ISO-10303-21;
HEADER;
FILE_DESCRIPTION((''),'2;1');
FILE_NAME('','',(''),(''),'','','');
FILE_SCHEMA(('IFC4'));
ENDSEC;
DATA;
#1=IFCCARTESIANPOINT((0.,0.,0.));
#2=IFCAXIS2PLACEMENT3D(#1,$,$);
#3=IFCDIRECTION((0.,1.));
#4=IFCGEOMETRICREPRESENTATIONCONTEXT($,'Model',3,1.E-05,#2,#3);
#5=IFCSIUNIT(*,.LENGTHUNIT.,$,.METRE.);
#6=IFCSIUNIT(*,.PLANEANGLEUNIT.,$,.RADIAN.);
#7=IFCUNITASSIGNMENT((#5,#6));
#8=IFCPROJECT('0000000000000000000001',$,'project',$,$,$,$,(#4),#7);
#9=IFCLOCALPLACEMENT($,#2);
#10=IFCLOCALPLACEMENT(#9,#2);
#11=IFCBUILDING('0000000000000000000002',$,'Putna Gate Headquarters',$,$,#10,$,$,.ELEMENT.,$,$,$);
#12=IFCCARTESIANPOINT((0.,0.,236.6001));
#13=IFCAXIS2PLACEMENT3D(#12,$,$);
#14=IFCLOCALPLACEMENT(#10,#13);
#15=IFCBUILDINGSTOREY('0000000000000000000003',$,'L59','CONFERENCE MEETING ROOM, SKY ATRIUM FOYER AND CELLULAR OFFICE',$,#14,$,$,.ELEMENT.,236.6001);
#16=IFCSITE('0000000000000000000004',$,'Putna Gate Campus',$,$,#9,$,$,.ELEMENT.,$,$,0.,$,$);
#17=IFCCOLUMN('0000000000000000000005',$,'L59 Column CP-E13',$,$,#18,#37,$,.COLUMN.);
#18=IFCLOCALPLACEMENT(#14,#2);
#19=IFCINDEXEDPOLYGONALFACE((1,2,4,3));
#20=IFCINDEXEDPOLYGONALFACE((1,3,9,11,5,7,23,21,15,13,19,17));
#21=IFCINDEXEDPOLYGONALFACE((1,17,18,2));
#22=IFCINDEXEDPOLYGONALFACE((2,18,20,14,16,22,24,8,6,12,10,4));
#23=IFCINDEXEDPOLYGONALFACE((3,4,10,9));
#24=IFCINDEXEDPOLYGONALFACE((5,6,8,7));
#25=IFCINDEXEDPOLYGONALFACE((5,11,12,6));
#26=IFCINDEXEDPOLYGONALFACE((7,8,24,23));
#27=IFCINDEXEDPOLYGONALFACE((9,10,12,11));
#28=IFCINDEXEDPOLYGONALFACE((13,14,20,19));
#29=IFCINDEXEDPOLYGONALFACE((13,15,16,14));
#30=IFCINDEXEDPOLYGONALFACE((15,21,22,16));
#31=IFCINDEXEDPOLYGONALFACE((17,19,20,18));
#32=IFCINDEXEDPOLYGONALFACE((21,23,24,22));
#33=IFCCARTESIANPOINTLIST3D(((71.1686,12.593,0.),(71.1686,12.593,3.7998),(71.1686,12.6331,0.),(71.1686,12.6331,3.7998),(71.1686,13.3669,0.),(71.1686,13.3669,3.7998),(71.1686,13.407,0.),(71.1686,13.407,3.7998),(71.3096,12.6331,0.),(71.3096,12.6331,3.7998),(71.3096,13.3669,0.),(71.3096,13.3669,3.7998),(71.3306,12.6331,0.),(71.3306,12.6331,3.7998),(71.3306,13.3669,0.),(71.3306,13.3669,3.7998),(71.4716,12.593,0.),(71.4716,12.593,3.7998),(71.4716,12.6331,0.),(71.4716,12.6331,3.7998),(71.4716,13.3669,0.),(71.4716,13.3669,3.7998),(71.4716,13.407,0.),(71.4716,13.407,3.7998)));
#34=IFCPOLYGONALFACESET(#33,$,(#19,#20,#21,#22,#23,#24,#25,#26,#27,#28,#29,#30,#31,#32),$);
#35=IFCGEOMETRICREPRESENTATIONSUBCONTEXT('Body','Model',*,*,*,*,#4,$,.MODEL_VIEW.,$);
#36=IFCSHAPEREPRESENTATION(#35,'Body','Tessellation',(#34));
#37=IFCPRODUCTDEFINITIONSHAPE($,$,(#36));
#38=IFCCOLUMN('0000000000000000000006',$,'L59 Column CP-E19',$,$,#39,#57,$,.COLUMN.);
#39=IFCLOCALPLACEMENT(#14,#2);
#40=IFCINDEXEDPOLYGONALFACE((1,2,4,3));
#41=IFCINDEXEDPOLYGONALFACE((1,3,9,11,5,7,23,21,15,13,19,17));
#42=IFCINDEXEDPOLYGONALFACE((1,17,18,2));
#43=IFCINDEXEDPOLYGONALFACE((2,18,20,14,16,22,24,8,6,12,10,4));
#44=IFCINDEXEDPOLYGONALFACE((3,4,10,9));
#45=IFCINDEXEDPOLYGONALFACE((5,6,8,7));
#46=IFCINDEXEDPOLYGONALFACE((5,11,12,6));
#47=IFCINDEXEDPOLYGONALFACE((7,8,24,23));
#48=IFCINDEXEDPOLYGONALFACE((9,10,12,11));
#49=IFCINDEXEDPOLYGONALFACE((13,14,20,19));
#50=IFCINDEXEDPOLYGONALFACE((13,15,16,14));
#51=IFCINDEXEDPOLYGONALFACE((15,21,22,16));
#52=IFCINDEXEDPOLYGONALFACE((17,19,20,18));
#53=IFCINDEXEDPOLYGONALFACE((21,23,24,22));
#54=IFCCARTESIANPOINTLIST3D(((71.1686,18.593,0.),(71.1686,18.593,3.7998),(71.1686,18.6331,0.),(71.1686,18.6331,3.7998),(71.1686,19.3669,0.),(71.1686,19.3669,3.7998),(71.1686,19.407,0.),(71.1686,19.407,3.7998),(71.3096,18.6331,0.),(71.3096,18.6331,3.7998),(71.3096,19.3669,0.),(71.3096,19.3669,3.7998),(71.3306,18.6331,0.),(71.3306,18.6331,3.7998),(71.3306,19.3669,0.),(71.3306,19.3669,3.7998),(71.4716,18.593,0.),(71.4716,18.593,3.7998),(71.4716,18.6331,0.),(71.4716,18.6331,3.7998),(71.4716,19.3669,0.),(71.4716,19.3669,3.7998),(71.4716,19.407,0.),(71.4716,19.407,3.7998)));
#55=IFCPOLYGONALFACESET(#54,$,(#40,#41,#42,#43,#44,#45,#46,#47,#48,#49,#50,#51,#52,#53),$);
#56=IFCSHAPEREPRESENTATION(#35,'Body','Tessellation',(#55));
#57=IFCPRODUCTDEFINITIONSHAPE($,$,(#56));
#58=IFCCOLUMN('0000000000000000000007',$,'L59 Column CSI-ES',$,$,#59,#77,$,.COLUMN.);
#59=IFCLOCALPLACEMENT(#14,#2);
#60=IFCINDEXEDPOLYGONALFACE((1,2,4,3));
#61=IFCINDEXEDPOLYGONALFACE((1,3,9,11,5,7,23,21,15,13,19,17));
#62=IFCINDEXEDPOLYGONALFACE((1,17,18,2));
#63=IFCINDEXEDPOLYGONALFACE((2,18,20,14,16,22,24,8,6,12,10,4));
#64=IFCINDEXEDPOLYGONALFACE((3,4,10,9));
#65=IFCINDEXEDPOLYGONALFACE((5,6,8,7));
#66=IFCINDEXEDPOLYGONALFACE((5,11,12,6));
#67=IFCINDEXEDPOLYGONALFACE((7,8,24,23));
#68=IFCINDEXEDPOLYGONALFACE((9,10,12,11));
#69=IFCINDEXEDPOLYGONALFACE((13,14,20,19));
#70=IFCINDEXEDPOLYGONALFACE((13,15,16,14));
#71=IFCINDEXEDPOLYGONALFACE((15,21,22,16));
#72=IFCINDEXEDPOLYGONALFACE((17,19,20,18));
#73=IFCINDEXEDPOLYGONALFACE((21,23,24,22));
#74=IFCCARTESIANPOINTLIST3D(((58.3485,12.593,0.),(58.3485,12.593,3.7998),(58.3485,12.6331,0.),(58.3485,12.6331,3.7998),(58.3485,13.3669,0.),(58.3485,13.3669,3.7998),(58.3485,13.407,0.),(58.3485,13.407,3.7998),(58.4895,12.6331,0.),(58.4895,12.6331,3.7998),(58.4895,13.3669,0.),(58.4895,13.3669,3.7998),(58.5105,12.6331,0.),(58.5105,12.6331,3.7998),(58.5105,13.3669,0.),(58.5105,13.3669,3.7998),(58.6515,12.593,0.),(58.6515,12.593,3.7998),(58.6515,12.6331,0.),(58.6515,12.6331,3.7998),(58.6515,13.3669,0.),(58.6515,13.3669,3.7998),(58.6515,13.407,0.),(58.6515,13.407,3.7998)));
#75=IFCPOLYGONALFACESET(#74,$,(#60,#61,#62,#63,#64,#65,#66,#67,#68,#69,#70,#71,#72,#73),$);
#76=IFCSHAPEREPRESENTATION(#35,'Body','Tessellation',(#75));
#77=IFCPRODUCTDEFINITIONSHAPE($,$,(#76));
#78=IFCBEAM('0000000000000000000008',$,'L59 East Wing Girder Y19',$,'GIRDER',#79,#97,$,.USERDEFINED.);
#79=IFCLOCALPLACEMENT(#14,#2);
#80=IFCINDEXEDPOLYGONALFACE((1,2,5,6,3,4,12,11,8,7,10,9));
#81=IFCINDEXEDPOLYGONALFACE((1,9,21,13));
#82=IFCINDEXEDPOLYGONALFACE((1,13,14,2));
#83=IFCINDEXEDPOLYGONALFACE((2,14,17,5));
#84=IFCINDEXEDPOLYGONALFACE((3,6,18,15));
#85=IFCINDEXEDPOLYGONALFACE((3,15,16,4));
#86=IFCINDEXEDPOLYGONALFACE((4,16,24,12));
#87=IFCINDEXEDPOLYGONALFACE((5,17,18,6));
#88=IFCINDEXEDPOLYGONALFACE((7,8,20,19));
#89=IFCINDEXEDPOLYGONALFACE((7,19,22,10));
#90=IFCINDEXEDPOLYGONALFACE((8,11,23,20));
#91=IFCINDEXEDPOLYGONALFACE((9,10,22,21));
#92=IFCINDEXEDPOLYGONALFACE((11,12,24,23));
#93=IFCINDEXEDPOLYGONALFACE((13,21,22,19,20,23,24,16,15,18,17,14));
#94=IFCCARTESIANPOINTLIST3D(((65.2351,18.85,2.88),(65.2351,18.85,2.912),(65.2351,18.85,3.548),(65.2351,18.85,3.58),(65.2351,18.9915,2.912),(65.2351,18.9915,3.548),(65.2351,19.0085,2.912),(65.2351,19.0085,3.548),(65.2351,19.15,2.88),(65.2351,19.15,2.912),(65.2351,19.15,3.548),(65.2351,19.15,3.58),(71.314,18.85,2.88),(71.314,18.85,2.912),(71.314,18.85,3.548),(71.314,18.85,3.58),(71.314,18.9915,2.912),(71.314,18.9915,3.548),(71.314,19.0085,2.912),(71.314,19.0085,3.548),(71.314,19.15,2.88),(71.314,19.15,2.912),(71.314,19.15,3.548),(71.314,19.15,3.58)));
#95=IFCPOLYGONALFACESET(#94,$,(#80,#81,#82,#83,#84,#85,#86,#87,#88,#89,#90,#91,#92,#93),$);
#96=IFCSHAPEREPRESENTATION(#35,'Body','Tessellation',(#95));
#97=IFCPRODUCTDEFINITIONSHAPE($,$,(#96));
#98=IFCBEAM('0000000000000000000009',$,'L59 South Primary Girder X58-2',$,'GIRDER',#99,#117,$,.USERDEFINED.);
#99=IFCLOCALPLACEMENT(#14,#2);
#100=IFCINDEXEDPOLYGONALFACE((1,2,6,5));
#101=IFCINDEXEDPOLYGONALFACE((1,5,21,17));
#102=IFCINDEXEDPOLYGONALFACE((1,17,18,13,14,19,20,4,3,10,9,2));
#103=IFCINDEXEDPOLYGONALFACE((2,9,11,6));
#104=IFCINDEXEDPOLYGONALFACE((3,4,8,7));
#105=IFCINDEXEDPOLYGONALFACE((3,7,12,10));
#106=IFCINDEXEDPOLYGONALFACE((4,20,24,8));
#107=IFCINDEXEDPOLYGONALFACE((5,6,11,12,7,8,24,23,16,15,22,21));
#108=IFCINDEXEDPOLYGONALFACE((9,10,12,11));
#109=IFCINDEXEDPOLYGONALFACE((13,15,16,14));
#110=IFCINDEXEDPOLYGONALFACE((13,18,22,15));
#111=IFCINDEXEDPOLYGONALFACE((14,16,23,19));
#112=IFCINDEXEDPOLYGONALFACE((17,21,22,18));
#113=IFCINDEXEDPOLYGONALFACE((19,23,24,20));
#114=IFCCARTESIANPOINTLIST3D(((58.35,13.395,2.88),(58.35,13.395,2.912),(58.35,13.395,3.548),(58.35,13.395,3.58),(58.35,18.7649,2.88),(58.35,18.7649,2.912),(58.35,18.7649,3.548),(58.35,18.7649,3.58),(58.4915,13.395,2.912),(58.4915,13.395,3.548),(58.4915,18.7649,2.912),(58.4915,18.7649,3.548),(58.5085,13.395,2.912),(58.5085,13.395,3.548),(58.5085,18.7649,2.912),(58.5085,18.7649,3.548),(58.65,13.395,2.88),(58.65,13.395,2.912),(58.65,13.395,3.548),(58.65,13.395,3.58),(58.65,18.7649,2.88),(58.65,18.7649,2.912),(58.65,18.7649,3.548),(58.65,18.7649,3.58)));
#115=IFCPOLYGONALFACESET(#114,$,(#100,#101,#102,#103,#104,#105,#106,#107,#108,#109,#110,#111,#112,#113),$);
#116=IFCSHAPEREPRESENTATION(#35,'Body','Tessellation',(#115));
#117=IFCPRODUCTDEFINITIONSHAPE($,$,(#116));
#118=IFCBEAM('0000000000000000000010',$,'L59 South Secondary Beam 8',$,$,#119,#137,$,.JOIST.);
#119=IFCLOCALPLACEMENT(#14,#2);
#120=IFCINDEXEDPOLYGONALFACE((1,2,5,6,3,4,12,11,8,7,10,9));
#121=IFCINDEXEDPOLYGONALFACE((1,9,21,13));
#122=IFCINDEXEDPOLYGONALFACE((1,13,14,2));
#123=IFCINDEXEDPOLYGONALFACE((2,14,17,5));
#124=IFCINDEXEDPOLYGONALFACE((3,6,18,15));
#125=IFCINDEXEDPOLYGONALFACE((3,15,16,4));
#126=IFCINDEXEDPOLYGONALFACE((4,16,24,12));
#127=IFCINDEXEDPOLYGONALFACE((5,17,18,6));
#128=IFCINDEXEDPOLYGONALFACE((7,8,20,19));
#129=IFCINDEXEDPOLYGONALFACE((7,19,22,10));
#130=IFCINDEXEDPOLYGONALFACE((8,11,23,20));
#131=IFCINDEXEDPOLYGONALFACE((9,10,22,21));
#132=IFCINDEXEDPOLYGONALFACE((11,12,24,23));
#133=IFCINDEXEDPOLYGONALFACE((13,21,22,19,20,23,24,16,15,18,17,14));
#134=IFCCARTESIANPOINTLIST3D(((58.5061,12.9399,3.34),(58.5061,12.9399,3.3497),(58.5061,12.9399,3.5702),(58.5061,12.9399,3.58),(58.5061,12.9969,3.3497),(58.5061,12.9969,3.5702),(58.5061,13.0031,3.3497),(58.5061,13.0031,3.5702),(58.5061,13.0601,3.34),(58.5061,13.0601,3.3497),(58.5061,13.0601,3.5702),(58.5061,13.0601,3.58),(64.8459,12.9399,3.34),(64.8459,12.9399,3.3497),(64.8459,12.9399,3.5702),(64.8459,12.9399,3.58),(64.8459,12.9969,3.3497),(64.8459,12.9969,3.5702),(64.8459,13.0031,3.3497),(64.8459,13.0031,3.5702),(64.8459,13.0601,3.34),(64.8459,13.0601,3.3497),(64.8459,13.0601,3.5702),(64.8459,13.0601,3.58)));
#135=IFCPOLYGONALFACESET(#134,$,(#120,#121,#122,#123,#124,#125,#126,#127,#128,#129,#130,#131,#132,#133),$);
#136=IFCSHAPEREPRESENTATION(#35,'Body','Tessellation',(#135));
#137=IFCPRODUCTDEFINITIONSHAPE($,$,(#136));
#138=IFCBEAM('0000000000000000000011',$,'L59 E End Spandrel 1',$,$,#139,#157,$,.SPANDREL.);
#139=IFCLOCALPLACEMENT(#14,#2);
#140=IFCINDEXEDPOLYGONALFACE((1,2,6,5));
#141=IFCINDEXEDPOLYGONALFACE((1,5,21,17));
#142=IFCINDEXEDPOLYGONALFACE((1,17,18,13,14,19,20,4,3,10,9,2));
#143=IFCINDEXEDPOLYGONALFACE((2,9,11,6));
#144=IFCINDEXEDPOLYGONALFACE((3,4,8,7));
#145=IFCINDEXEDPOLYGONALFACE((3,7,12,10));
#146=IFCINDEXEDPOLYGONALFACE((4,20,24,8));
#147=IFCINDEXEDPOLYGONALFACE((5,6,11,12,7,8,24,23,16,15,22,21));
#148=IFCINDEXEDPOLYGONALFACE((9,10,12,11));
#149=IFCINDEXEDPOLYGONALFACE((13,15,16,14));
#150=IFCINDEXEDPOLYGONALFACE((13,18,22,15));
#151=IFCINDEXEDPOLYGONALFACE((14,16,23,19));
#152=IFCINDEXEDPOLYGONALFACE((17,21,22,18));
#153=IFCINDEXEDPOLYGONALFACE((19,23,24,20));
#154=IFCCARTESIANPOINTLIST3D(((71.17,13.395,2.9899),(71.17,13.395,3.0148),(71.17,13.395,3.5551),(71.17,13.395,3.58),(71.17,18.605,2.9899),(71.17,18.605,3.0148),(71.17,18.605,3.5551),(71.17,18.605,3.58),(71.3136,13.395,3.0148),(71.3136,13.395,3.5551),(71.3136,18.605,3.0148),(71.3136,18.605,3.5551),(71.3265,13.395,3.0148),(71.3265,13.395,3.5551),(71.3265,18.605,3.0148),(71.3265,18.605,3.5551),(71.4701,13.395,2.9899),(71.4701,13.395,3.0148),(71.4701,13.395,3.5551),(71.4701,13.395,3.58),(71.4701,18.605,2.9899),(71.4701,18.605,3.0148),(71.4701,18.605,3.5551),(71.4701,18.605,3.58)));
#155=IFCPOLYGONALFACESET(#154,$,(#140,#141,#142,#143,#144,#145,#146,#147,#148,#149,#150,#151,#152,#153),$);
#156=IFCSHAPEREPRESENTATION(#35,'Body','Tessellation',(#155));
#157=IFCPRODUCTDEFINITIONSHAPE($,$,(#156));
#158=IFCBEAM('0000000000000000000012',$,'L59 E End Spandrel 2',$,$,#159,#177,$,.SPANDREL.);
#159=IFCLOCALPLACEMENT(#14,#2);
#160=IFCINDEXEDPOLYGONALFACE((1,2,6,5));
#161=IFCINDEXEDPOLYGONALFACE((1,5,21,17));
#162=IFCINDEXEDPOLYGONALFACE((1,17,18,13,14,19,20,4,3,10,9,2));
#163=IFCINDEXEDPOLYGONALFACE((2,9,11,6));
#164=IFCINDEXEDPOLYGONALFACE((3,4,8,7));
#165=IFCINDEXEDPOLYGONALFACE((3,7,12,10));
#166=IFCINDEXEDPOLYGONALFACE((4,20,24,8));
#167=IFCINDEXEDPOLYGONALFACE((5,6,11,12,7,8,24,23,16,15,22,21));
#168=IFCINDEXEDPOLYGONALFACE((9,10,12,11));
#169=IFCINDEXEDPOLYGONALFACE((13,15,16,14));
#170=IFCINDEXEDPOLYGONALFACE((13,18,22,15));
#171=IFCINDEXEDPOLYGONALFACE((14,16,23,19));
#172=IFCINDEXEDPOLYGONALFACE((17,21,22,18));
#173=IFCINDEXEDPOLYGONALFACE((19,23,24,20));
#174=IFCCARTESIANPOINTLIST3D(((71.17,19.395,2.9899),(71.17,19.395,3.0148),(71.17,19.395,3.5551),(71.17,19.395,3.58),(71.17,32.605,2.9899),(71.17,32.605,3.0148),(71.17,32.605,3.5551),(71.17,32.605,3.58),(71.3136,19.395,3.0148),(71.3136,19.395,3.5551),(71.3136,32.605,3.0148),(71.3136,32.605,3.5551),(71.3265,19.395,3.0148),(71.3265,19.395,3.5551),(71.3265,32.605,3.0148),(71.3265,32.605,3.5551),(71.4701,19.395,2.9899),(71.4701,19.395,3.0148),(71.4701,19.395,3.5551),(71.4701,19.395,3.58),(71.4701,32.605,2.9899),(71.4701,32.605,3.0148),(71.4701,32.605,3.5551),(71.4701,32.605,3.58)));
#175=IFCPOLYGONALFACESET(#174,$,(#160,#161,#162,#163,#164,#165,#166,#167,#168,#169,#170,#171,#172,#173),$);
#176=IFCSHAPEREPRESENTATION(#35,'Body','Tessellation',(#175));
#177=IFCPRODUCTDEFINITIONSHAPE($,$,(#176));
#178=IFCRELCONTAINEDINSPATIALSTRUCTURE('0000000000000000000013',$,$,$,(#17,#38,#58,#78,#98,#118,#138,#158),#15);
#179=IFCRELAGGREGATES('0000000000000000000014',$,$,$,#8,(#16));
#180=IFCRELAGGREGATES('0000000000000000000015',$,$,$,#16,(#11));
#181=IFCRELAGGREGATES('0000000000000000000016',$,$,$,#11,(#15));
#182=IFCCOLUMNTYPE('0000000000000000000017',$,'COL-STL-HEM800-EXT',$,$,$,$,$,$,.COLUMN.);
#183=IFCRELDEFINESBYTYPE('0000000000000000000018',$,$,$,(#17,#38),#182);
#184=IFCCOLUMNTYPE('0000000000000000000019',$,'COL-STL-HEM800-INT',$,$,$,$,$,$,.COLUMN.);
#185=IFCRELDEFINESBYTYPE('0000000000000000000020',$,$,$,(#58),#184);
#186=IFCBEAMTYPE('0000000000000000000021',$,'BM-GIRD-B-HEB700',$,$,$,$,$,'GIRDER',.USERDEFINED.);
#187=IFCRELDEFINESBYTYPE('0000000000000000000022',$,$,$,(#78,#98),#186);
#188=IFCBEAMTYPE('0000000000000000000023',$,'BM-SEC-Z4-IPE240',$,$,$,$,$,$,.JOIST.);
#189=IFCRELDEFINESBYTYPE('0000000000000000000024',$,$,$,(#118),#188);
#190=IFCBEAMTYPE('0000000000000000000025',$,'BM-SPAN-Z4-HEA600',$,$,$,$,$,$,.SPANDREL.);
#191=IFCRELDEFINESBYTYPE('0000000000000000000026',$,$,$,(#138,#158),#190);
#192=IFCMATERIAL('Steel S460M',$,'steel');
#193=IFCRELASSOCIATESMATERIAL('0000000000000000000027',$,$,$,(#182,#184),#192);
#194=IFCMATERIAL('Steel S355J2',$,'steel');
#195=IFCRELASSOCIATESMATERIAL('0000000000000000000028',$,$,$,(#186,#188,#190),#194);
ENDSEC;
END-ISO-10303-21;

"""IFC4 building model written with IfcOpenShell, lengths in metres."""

from ifc_helpers import new_model, si_unit, direction, frame, origin, origin_2d, place, context, subcontext, project, spatial, i_section, extrude, material, material_profile, profile_set, type_object, element, save


model = new_model("IFC4")

# Units and contexts
model_context = context("Model", 3, precision=1e-05, world=origin(), true_north=direction((0.0, 1.0)))
body_context = subcontext(model_context, "Body", "Model", "MODEL_VIEW")
ifc_project = project(units=[si_unit("LENGTHUNIT", "METRE"), si_unit("PLANEANGLEUNIT", "RADIAN")], contexts=[model_context])

# Site, building, storey
site_placement = place(None, origin())
site = spatial("IfcSite", under=ifc_project, at=site_placement, Name="Putna Gate Campus", CompositionType="ELEMENT", RefElevation=0.0)
building_placement = place(site_placement, origin())
building = spatial("IfcBuilding", under=site, at=building_placement, Name="Putna Gate Headquarters", CompositionType="ELEMENT")
storey_placement = place(building_placement, frame((0.0, 0.0, 236.6001)))
storey = spatial("IfcBuildingStorey", under=building, at=storey_placement, Name="L59", Description="CONFERENCE MEETING ROOM, SKY ATRIUM FOYER AND CELLULAR OFFICE", CompositionType="ELEMENT", Elevation=236.6001)

# Columns
ifc_material_1 = material(Name="Steel S460M", Category="steel")
ifc_material_profile_1 = material_profile(ifc_material_1, i_section(OverallWidth=0.303, OverallDepth=0.814, WebThickness=0.021, FlangeThickness=0.04, at=origin_2d()), Name="Steel S460M")
ifc_profile_set_1 = profile_set([ifc_material_profile_1], Name="Steel S460M")
column_type_1 = type_object("IfcColumnType", Name="COL-STL-HEM800-EXT", PredefinedType="COLUMN", material=ifc_profile_set_1)
for number, where, z_axis, x_axis, name in (
    (1, (71.3201, 13.0, 0.0), (0.0, 0.0, 1.0), (1.0, 0.0, 0.0), "L59 Column CP-E13"),
    (2, (71.3201, 19.0, 0.0), (0.0, 0.0, 1.0), (1.0, 0.0, 0.0), "L59 Column CP-E19"),
):
    element("IfcColumn", number, at=place(storey_placement, frame(where, z_axis=z_axis, x_axis=x_axis)), inside=storey, type_object=column_type_1, Name=name, PredefinedType="COLUMN", context=body_context, shape_type="SweptSolid", body=[
        extrude(i_section(OverallWidth=0.303, OverallDepth=0.814, WebThickness=0.021, FlangeThickness=0.04, at=origin_2d()), origin(), (0.0, 0.0, 1.0), 3.7998),
    ])
ifc_material_profile_2 = material_profile(ifc_material_1, i_section(OverallWidth=0.303, OverallDepth=0.814, WebThickness=0.021, FlangeThickness=0.04, at=origin_2d()), Name="Steel S460M")
ifc_profile_set_2 = profile_set([ifc_material_profile_2], Name="Steel S460M")
column_type_2 = type_object("IfcColumnType", Name="COL-STL-HEM800-INT", PredefinedType="COLUMN", material=ifc_profile_set_2)
column_placement = place(storey_placement, frame((58.5, 13.0, 0.0), z_axis=(0.0, 0.0, 1.0), x_axis=(1.0, 0.0, 0.0)))
element("IfcColumn", 3, at=column_placement, inside=storey, type_object=column_type_2, Name="L59 Column CSI-ES", PredefinedType="COLUMN", context=body_context, shape_type="SweptSolid", body=[
    extrude(i_section(OverallWidth=0.303, OverallDepth=0.814, WebThickness=0.021, FlangeThickness=0.04, at=origin_2d()), origin(), (0.0, 0.0, 1.0), 3.7998),
])

# Beams
ifc_material_2 = material(Name="Steel S355J2", Category="steel")
ifc_material_profile_3 = material_profile(ifc_material_2, i_section(OverallWidth=0.3, OverallDepth=0.7, WebThickness=0.0171, FlangeThickness=0.032, at=origin_2d()), Name="Steel S355J2")
ifc_profile_set_3 = profile_set([ifc_material_profile_3], Name="Steel S355J2")
beam_type_1 = type_object("IfcBeamType", Name="BM-GIRD-B-HEB700", ElementType="GIRDER", PredefinedType="USERDEFINED", material=ifc_profile_set_3)
beam_1_placement = place(storey_placement, frame((65.2351, 19.0, 3.23), z_axis=(1.0, 0.0, 0.0), x_axis=(0.0, 1.0, 0.0)))
element("IfcBeam", 4, at=beam_1_placement, inside=storey, type_object=beam_type_1, Name="L59 East Wing Girder Y19", ObjectType="GIRDER", PredefinedType="USERDEFINED", context=body_context, shape_type="SweptSolid", body=[
    extrude(i_section(OverallWidth=0.3, OverallDepth=0.7, WebThickness=0.0171, FlangeThickness=0.032, at=origin_2d()), origin(), (0.0, 0.0, 1.0), 6.0789),
])
beam_2_placement = place(storey_placement, frame((58.5, 13.395, 3.23), z_axis=(0.0, 1.0, 0.0), x_axis=(-1.0, 0.0, 0.0)))
element("IfcBeam", 5, at=beam_2_placement, inside=storey, type_object=beam_type_1, Name="L59 South Primary Girder X58-2", ObjectType="GIRDER", PredefinedType="USERDEFINED", context=body_context, shape_type="SweptSolid", body=[
    extrude(i_section(OverallWidth=0.3, OverallDepth=0.7, WebThickness=0.0171, FlangeThickness=0.032, at=origin_2d()), origin(), (0.0, 0.0, 1.0), 5.3699),
])
ifc_material_profile_4 = material_profile(ifc_material_2, i_section(OverallWidth=0.1201, OverallDepth=0.24, WebThickness=0.0061, FlangeThickness=0.0098, at=origin_2d()), Name="Steel S355J2")
ifc_profile_set_4 = profile_set([ifc_material_profile_4], Name="Steel S355J2")
beam_type_2 = type_object("IfcBeamType", Name="BM-SEC-Z4-IPE240", PredefinedType="JOIST", material=ifc_profile_set_4)
beam_3_placement = place(storey_placement, frame((58.5061, 13.0, 3.46), z_axis=(1.0, 0.0, 0.0), x_axis=(0.0, 1.0, 0.0)))
element("IfcBeam", 6, at=beam_3_placement, inside=storey, type_object=beam_type_2, Name="L59 South Secondary Beam 8", PredefinedType="JOIST", context=body_context, shape_type="SweptSolid", body=[
    extrude(i_section(OverallWidth=0.1201, OverallDepth=0.24, WebThickness=0.0061, FlangeThickness=0.0098, at=origin_2d()), origin(), (0.0, 0.0, 1.0), 6.3398),
])
ifc_material_profile_5 = material_profile(ifc_material_2, i_section(OverallWidth=0.3, OverallDepth=0.5901, WebThickness=0.0129, FlangeThickness=0.0249, at=origin_2d()), Name="Steel S355J2")
ifc_profile_set_5 = profile_set([ifc_material_profile_5], Name="Steel S355J2")
beam_type_3 = type_object("IfcBeamType", Name="BM-SPAN-Z4-HEA600", PredefinedType="SPANDREL", material=ifc_profile_set_5)
beam_4_placement = place(storey_placement, frame((71.3201, 13.395, 3.2849), z_axis=(0.0, 1.0, 0.0), x_axis=(-1.0, 0.0, 0.0)))
element("IfcBeam", 7, at=beam_4_placement, inside=storey, type_object=beam_type_3, Name="L59 E End Spandrel 1", PredefinedType="SPANDREL", context=body_context, shape_type="SweptSolid", body=[
    extrude(i_section(OverallWidth=0.3, OverallDepth=0.5901, WebThickness=0.0129, FlangeThickness=0.0249, at=origin_2d()), origin(), (0.0, 0.0, 1.0), 5.21),
])
beam_5_placement = place(storey_placement, frame((71.3201, 19.395, 3.2849), z_axis=(0.0, 1.0, 0.0), x_axis=(-1.0, 0.0, 0.0)))
element("IfcBeam", 8, at=beam_5_placement, inside=storey, type_object=beam_type_3, Name="L59 E End Spandrel 2", PredefinedType="SPANDREL", context=body_context, shape_type="SweptSolid", body=[
    extrude(i_section(OverallWidth=0.3, OverallDepth=0.5901, WebThickness=0.0129, FlangeThickness=0.0249, at=origin_2d()), origin(), (0.0, 0.0, 1.0), 13.21),
])

save(model, "model.ifc")
